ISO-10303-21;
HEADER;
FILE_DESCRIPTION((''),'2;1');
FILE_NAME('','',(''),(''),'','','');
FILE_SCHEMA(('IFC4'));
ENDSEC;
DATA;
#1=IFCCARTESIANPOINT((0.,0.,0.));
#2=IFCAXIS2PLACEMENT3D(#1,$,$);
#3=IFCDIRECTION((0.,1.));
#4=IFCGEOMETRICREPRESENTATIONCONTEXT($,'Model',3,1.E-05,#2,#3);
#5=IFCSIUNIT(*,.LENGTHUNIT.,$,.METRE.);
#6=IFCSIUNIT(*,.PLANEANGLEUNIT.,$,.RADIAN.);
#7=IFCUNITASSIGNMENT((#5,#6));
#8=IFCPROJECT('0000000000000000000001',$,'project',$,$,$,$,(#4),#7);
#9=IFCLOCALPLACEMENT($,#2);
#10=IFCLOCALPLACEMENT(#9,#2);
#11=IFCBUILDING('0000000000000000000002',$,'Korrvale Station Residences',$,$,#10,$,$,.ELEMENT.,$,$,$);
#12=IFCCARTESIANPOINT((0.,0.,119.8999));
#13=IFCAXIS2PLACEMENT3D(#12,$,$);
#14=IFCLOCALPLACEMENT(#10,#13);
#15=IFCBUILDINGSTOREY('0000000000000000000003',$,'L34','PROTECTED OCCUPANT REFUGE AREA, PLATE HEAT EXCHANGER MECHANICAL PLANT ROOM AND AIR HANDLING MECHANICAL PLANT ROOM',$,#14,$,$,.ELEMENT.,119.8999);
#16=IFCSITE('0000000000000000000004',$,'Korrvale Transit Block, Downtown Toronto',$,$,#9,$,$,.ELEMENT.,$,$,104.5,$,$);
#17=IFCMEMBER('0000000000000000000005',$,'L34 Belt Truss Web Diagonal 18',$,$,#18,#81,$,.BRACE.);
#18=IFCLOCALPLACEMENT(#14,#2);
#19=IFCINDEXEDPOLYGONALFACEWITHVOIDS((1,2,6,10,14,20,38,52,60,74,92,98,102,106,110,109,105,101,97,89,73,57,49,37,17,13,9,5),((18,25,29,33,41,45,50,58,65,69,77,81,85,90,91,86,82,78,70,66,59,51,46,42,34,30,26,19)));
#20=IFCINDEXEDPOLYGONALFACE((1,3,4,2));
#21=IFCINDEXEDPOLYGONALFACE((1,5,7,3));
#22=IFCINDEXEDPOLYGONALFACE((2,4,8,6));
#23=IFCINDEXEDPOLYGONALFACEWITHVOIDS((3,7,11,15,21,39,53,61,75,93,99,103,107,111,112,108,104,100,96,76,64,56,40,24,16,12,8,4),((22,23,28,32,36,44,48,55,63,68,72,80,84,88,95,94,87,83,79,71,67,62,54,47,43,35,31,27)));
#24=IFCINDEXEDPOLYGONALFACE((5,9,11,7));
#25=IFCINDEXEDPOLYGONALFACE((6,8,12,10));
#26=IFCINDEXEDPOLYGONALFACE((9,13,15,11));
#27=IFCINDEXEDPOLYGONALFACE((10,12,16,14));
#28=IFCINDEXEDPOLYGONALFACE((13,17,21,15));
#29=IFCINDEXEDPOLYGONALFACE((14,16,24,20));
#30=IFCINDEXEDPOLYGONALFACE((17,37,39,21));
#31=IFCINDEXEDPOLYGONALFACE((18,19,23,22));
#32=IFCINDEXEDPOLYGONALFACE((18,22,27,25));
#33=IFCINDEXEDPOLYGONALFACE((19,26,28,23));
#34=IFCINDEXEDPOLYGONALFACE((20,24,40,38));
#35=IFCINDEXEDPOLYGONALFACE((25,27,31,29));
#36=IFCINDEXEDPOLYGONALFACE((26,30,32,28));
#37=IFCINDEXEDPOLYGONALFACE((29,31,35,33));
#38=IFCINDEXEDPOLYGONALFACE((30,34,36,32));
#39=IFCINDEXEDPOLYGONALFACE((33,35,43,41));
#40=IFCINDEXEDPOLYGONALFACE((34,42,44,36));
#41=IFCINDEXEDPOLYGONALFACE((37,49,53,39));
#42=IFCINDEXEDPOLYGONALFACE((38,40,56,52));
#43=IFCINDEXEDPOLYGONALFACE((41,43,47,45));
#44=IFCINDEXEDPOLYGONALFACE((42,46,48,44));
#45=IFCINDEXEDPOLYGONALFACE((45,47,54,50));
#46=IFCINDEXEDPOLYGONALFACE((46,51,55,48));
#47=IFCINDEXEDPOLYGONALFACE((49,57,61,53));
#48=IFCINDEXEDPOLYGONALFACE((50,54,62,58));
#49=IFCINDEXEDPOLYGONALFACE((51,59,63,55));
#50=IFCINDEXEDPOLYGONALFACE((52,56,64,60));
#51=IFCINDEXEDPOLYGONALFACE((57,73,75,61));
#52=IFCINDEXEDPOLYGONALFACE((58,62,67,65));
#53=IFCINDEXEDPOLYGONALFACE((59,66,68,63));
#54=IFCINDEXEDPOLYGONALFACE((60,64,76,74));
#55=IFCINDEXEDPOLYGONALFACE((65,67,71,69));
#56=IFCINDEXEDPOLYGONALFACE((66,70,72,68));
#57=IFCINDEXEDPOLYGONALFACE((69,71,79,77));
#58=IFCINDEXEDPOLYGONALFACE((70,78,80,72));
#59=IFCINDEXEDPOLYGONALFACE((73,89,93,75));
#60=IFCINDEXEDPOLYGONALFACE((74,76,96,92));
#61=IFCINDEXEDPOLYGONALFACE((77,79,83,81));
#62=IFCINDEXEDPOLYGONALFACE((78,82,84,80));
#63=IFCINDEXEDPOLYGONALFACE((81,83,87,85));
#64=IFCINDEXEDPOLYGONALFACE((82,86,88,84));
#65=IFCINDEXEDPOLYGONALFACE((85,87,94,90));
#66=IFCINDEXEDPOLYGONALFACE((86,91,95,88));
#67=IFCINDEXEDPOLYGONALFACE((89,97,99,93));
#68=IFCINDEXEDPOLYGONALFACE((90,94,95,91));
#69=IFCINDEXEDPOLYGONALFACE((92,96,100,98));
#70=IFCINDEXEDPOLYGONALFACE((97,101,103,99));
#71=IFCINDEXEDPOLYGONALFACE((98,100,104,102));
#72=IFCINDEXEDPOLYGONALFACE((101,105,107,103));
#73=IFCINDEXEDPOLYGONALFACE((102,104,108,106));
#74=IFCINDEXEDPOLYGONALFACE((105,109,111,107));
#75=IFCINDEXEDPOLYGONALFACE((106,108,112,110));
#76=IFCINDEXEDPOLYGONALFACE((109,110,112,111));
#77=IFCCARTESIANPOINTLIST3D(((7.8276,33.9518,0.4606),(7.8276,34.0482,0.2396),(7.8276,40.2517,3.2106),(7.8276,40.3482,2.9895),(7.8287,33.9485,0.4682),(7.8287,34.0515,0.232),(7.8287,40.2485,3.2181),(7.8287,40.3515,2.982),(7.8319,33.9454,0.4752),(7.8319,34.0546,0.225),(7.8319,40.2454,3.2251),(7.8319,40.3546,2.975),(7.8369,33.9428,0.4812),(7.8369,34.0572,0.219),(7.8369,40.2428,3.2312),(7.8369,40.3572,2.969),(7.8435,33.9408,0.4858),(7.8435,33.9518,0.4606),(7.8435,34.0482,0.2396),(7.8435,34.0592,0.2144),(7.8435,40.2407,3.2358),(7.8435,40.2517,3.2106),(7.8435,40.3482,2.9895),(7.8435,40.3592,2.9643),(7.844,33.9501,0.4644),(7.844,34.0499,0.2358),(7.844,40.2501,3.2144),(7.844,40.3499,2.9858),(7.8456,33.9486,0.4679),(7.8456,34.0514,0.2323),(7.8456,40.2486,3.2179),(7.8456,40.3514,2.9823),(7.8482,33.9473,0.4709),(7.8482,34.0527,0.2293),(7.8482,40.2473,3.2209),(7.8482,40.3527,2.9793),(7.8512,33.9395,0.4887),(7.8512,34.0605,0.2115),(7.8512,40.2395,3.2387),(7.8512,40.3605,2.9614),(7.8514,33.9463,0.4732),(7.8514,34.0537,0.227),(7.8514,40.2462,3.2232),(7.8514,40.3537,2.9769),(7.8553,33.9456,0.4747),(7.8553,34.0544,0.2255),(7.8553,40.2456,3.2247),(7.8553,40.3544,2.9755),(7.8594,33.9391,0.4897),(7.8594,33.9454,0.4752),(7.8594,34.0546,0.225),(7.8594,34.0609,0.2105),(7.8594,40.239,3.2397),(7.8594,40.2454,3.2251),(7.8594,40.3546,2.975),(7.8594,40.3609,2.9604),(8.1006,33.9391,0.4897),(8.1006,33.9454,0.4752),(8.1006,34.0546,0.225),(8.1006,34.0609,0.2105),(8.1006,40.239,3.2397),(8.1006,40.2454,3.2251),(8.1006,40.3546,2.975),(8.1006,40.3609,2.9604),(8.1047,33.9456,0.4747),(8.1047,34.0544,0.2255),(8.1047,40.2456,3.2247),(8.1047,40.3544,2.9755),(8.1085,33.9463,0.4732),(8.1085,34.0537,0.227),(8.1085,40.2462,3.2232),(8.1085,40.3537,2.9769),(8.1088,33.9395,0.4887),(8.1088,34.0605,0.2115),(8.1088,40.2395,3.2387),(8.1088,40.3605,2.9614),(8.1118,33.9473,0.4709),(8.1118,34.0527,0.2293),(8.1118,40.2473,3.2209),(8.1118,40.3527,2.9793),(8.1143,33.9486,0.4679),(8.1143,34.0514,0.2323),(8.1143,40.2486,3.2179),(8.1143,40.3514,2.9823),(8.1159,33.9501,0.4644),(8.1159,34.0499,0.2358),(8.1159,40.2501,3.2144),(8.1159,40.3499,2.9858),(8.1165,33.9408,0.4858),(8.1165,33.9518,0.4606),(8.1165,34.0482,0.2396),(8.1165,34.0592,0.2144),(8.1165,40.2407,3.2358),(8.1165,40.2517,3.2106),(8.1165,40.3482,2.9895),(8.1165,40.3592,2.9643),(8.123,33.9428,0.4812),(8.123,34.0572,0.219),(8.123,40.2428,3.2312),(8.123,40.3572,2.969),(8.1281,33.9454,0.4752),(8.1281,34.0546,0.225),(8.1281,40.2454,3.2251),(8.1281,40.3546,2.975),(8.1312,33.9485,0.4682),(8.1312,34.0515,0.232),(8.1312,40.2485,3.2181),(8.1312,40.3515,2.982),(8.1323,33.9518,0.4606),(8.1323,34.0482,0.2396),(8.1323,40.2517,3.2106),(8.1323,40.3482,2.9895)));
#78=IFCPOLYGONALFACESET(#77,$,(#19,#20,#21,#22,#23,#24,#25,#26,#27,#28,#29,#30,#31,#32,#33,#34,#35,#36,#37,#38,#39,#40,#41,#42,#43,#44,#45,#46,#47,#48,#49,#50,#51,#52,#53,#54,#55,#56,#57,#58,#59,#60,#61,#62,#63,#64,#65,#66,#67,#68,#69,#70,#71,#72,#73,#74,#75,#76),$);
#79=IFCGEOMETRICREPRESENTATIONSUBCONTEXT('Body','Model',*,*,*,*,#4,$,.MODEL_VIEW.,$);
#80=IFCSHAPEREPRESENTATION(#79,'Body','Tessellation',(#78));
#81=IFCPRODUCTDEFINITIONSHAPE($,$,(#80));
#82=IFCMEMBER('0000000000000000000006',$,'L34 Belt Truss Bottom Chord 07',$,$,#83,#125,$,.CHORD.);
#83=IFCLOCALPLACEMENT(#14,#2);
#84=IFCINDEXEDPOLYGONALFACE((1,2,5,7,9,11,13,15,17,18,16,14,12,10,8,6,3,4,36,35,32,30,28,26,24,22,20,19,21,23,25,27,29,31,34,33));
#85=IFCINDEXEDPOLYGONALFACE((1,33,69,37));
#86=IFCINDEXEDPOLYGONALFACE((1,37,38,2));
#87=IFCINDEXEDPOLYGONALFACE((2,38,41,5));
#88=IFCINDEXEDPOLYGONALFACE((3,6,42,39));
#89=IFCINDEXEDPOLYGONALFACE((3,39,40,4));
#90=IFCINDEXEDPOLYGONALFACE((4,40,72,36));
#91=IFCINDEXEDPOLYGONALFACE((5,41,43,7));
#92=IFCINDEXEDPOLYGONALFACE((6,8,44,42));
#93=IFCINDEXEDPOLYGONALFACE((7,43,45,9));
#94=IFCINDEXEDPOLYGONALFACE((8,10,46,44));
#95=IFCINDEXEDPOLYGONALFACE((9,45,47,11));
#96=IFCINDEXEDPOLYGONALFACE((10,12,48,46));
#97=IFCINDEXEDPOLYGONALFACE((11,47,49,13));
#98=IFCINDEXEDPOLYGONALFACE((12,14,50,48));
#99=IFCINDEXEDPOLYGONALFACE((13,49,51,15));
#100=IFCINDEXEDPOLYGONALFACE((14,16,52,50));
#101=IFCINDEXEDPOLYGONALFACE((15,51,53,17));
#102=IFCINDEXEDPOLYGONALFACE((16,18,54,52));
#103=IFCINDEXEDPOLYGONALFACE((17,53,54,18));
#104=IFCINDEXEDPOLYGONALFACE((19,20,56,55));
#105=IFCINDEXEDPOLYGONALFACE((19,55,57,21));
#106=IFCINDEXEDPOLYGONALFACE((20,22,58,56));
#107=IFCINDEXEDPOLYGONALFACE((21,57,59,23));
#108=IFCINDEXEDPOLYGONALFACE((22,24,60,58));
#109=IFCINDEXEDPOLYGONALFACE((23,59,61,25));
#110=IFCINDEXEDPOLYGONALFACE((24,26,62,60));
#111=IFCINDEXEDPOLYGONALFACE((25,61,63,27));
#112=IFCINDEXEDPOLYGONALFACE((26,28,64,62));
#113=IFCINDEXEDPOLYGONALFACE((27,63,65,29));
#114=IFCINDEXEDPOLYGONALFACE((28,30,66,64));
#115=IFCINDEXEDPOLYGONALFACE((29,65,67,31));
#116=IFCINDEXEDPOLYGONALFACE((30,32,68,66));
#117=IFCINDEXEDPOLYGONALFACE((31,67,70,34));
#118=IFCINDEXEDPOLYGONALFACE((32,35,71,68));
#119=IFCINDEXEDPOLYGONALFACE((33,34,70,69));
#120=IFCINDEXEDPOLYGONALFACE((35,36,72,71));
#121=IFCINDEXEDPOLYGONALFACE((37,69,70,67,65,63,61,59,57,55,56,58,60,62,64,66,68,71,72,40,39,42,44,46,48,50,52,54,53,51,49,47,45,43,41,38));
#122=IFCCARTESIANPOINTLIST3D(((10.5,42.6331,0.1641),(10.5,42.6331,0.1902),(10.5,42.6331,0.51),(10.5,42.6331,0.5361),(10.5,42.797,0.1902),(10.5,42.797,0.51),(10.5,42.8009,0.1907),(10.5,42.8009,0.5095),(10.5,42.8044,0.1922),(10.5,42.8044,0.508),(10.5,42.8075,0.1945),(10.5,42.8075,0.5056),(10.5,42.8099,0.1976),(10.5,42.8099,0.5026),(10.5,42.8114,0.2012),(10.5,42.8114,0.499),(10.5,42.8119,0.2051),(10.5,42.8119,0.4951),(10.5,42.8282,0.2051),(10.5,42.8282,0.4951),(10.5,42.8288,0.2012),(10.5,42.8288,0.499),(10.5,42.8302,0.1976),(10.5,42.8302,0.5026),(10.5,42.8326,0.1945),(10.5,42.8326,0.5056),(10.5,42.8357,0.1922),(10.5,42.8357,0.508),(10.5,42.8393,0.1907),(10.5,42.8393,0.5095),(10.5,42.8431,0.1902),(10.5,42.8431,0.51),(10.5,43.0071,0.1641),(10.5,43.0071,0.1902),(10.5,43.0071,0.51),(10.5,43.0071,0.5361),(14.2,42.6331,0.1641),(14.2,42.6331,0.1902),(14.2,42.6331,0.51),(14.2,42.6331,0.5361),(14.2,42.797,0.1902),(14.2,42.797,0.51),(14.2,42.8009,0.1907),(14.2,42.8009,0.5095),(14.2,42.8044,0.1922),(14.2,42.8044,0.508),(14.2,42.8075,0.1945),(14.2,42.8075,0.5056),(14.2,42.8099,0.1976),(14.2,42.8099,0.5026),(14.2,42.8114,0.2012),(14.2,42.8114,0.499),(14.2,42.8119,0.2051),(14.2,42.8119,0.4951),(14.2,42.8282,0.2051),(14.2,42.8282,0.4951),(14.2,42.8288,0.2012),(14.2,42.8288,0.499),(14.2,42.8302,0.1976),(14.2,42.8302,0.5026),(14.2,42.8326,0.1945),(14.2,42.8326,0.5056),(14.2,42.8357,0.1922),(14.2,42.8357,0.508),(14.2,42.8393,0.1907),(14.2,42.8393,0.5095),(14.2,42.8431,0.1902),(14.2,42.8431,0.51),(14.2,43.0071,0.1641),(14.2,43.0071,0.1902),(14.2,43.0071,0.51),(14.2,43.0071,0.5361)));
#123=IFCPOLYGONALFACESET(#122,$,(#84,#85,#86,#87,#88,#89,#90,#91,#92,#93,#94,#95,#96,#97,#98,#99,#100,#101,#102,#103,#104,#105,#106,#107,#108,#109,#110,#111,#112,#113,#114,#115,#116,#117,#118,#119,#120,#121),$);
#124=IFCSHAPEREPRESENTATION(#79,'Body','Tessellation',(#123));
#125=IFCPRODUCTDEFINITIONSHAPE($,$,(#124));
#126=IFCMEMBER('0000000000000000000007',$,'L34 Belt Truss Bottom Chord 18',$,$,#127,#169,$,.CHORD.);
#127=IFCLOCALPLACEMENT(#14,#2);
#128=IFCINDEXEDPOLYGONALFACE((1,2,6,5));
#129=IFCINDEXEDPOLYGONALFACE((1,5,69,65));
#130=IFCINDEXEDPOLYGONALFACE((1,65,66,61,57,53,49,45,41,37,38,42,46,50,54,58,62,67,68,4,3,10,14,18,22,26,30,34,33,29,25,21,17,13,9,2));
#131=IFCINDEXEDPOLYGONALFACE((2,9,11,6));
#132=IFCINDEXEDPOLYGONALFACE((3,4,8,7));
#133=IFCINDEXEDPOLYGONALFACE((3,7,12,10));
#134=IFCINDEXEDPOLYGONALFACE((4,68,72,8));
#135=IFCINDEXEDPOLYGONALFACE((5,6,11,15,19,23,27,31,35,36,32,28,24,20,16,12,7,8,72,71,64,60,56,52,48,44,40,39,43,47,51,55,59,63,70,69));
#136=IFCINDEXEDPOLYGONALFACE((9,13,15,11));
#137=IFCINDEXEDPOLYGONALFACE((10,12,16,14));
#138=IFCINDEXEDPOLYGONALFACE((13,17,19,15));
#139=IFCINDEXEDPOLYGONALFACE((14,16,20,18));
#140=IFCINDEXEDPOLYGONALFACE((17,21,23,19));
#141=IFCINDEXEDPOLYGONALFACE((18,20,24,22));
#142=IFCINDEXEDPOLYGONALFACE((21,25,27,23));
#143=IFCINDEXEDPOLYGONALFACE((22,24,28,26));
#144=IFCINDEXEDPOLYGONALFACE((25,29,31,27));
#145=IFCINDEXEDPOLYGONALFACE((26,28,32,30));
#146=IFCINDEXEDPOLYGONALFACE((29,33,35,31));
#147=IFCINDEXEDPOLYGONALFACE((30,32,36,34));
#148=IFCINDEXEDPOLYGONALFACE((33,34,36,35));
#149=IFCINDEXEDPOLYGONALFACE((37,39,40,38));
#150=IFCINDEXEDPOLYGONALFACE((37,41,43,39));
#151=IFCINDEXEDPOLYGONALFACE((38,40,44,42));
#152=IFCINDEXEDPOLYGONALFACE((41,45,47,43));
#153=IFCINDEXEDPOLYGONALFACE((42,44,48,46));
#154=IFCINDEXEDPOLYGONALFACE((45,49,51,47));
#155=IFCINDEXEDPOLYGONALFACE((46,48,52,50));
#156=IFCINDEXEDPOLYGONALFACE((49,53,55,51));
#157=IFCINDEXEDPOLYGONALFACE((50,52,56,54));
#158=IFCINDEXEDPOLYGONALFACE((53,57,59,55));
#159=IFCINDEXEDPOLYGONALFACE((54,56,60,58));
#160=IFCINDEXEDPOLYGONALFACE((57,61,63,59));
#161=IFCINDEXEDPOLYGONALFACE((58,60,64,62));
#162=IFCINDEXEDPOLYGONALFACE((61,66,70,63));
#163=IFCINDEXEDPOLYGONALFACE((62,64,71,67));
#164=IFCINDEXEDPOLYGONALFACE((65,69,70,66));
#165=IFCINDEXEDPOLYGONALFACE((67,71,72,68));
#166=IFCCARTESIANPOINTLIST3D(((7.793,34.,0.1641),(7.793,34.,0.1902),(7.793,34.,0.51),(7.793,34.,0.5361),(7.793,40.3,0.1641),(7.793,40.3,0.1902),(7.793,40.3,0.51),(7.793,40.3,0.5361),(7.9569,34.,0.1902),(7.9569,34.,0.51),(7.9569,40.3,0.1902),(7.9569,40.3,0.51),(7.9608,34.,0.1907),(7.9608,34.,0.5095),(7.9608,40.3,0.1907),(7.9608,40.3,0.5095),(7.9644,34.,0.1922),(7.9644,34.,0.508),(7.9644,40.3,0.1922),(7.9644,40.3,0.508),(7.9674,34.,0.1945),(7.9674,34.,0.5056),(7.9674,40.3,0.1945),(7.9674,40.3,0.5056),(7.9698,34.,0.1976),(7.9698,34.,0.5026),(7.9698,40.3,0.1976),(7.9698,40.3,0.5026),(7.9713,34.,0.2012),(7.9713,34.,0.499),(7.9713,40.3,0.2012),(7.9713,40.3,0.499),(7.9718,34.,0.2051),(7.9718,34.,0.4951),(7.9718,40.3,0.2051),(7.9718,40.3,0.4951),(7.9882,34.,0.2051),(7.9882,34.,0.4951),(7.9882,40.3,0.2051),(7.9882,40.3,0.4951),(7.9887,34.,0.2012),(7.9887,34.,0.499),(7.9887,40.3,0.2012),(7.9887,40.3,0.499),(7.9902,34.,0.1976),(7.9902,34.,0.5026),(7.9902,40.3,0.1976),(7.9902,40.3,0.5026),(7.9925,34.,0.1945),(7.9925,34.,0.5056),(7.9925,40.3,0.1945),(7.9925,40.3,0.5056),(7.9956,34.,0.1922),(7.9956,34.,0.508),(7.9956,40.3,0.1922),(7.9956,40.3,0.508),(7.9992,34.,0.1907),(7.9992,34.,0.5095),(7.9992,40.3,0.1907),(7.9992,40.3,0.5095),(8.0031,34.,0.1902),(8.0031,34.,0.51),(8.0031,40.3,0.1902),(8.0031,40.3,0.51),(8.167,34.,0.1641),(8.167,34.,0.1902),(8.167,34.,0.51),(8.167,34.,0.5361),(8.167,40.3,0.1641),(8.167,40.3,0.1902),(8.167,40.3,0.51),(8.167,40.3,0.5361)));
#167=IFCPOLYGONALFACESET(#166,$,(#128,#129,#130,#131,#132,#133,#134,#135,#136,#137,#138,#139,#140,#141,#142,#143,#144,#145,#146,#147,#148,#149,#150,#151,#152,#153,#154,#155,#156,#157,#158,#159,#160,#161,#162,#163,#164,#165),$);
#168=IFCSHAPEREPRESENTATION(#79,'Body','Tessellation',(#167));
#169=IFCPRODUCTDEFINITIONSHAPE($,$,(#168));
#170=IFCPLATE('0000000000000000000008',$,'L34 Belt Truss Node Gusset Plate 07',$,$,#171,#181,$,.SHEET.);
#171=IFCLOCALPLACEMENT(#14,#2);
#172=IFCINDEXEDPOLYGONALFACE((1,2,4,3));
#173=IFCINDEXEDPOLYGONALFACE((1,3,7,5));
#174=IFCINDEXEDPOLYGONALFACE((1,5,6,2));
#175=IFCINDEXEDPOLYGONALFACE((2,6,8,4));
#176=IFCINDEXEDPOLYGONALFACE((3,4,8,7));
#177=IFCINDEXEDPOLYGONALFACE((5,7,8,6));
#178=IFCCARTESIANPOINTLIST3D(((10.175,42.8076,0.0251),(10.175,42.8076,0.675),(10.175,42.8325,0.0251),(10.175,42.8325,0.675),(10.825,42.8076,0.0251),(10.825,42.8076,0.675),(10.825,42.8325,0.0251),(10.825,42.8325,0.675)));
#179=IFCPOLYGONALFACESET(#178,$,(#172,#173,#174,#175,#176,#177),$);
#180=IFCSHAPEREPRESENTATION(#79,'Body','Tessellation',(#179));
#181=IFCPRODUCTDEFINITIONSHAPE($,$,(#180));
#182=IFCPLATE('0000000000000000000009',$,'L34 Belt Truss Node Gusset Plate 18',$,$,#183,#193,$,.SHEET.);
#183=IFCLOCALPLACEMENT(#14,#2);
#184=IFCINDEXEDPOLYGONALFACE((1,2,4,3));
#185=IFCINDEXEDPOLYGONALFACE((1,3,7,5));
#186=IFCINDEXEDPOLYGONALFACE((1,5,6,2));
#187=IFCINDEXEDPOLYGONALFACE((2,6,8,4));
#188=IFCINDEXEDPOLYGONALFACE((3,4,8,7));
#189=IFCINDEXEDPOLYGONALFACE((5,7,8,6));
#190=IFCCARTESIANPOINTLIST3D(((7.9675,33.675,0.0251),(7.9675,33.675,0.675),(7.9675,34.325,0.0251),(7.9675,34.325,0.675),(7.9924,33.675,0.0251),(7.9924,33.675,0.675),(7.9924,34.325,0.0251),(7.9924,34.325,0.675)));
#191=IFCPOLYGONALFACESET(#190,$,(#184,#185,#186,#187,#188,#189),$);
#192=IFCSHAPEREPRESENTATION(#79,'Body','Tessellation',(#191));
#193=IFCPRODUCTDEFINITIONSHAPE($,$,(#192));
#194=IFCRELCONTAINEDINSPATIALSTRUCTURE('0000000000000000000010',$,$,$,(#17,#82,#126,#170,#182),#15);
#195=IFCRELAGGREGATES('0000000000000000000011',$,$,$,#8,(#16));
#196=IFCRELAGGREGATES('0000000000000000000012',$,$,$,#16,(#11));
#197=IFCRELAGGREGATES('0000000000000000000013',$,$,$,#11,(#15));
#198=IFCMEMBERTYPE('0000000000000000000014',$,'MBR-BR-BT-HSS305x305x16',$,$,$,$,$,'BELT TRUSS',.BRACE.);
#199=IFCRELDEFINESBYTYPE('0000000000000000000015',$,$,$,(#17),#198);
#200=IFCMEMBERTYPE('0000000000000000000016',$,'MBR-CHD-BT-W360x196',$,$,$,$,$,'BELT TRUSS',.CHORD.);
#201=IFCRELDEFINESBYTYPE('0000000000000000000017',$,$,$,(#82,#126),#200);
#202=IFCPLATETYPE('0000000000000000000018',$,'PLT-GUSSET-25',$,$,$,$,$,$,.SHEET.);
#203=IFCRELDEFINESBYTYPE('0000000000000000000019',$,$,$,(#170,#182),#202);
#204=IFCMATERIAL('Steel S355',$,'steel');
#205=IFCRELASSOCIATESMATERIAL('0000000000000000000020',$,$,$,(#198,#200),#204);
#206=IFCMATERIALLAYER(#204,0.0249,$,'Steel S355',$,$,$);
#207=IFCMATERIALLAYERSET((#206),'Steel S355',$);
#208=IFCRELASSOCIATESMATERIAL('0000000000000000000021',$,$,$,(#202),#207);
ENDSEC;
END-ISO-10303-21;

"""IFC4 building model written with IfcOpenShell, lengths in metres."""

from ifc_helpers import new_model, si_unit, direction, frame, origin, origin_2d, place, context, subcontext, project, spatial, rectangle, hollow_rectangle, i_section, extrude, material, layer, layer_set, material_profile, profile_set, type_object, element, save


model = new_model("IFC4")

# Units and contexts
model_context = context("Model", 3, precision=1e-05, world=origin(), true_north=direction((0.0, 1.0)))
body_context = subcontext(model_context, "Body", "Model", "MODEL_VIEW")
ifc_project = project(units=[si_unit("LENGTHUNIT", "METRE"), si_unit("PLANEANGLEUNIT", "RADIAN")], contexts=[model_context])

# Site, building, storey
site_placement = place(None, origin())
site = spatial("IfcSite", under=ifc_project, at=site_placement, Name="Korrvale Transit Block, Downtown Toronto", CompositionType="ELEMENT", RefElevation=104.5)
building_placement = place(site_placement, origin())
building = spatial("IfcBuilding", under=site, at=building_placement, Name="Korrvale Station Residences", CompositionType="ELEMENT")
storey_placement = place(building_placement, frame((0.0, 0.0, 119.8999)))
storey = spatial("IfcBuildingStorey", under=building, at=storey_placement, Name="L34", Description="PROTECTED OCCUPANT REFUGE AREA, PLATE HEAT EXCHANGER MECHANICAL PLANT ROOM AND AIR HANDLING MECHANICAL PLANT ROOM", CompositionType="ELEMENT", Elevation=119.8999)

# Members
ifc_material_1 = material(Name="Steel S355", Category="steel")
ifc_material_profile_1 = material_profile(ifc_material_1, hollow_rectangle(XDim=0.3047, YDim=0.3047, WallThickness=0.0159, InnerFilletRadius=0.0159, OuterFilletRadius=0.0317, at=origin_2d()), Name="HSS305x305x16")
ifc_profile_set_1 = profile_set([ifc_material_profile_1], Name="Steel S355")
member_type_1 = type_object("IfcMemberType", Name="MBR-BR-BT-HSS305x305x16", ElementType="BELT TRUSS", PredefinedType="BRACE", material=ifc_profile_set_1)
member_1_placement = place(storey_placement, frame((7.98, 34.0, 0.3501), z_axis=(0.0, 0.916492, 0.400053), x_axis=(-1.0, 0.0, 0.0)))
element("IfcMember", 1, at=member_1_placement, inside=storey, type_object=member_type_1, Name="L34 Belt Truss Web Diagonal 18", PredefinedType="BRACE", context=body_context, shape_type="SweptSolid", body=[
    extrude(hollow_rectangle(XDim=0.3047, YDim=0.3047, WallThickness=0.0159, InnerFilletRadius=0.0159, OuterFilletRadius=0.0317, at=origin_2d()), origin(), (0.0, 0.0, 1.0), 6.874),
])
ifc_material_profile_2 = material_profile(ifc_material_1, i_section(OverallWidth=0.374, OverallDepth=0.3721, WebThickness=0.0164, FlangeThickness=0.0261, FilletRadius=0.0149, at=origin_2d()), Name="W360x196")
ifc_profile_set_2 = profile_set([ifc_material_profile_2], Name="Steel S355")
member_type_2 = type_object("IfcMemberType", Name="MBR-CHD-BT-W360x196", ElementType="BELT TRUSS", PredefinedType="CHORD", material=ifc_profile_set_2)
member_2_placement = place(storey_placement, frame((10.5, 42.8201, 0.3501), z_axis=(1.0, 0.0, 0.0), x_axis=(0.0, 1.0, 0.0)))
element("IfcMember", 2, at=member_2_placement, inside=storey, type_object=member_type_2, Name="L34 Belt Truss Bottom Chord 07", PredefinedType="CHORD", context=body_context, shape_type="SweptSolid", body=[
    extrude(i_section(OverallWidth=0.374, OverallDepth=0.3721, WebThickness=0.0164, FlangeThickness=0.0261, FilletRadius=0.0149, at=origin_2d()), origin(), (0.0, 0.0, 1.0), 3.7),
])
member_3_placement = place(storey_placement, frame((7.98, 34.0, 0.3501), z_axis=(0.0, 1.0, 0.0), x_axis=(-1.0, 0.0, 0.0)))
element("IfcMember", 3, at=member_3_placement, inside=storey, type_object=member_type_2, Name="L34 Belt Truss Bottom Chord 18", PredefinedType="CHORD", context=body_context, shape_type="SweptSolid", body=[
    extrude(i_section(OverallWidth=0.374, OverallDepth=0.3721, WebThickness=0.0164, FlangeThickness=0.0261, FilletRadius=0.0149, at=origin_2d()), origin(), (0.0, 0.0, 1.0), 6.3),
])

# Plates
ifc_layer_1 = layer(ifc_material_1, 0.0249, Name="Steel S355")
ifc_layer_set_1 = layer_set([ifc_layer_1], Name="Steel S355")
plate_type = type_object("IfcPlateType", Name="PLT-GUSSET-25", PredefinedType="SHEET", material=ifc_layer_set_1)
for number, where, z_axis, x_axis, name in (
    (4, (10.5, 42.8201, 0.0251), (0.0, 0.0, 1.0), (1.0, 0.0, 0.0), "L34 Belt Truss Node Gusset Plate 07"),
    (5, (7.98, 34.0, 0.0251), (0.0, 0.0, 1.0), (0.0, 1.0, 0.0), "L34 Belt Truss Node Gusset Plate 18"),
):
    element("IfcPlate", number, at=place(storey_placement, frame(where, z_axis=z_axis, x_axis=x_axis)), inside=storey, type_object=plate_type, Name=name, PredefinedType="SHEET", context=body_context, shape_type="SweptSolid", body=[
        extrude(rectangle(XDim=0.6499, YDim=0.0249, at=origin_2d()), origin(), (0.0, 0.0, 1.0), 0.6499),
    ])

save(model, "model.ifc")
